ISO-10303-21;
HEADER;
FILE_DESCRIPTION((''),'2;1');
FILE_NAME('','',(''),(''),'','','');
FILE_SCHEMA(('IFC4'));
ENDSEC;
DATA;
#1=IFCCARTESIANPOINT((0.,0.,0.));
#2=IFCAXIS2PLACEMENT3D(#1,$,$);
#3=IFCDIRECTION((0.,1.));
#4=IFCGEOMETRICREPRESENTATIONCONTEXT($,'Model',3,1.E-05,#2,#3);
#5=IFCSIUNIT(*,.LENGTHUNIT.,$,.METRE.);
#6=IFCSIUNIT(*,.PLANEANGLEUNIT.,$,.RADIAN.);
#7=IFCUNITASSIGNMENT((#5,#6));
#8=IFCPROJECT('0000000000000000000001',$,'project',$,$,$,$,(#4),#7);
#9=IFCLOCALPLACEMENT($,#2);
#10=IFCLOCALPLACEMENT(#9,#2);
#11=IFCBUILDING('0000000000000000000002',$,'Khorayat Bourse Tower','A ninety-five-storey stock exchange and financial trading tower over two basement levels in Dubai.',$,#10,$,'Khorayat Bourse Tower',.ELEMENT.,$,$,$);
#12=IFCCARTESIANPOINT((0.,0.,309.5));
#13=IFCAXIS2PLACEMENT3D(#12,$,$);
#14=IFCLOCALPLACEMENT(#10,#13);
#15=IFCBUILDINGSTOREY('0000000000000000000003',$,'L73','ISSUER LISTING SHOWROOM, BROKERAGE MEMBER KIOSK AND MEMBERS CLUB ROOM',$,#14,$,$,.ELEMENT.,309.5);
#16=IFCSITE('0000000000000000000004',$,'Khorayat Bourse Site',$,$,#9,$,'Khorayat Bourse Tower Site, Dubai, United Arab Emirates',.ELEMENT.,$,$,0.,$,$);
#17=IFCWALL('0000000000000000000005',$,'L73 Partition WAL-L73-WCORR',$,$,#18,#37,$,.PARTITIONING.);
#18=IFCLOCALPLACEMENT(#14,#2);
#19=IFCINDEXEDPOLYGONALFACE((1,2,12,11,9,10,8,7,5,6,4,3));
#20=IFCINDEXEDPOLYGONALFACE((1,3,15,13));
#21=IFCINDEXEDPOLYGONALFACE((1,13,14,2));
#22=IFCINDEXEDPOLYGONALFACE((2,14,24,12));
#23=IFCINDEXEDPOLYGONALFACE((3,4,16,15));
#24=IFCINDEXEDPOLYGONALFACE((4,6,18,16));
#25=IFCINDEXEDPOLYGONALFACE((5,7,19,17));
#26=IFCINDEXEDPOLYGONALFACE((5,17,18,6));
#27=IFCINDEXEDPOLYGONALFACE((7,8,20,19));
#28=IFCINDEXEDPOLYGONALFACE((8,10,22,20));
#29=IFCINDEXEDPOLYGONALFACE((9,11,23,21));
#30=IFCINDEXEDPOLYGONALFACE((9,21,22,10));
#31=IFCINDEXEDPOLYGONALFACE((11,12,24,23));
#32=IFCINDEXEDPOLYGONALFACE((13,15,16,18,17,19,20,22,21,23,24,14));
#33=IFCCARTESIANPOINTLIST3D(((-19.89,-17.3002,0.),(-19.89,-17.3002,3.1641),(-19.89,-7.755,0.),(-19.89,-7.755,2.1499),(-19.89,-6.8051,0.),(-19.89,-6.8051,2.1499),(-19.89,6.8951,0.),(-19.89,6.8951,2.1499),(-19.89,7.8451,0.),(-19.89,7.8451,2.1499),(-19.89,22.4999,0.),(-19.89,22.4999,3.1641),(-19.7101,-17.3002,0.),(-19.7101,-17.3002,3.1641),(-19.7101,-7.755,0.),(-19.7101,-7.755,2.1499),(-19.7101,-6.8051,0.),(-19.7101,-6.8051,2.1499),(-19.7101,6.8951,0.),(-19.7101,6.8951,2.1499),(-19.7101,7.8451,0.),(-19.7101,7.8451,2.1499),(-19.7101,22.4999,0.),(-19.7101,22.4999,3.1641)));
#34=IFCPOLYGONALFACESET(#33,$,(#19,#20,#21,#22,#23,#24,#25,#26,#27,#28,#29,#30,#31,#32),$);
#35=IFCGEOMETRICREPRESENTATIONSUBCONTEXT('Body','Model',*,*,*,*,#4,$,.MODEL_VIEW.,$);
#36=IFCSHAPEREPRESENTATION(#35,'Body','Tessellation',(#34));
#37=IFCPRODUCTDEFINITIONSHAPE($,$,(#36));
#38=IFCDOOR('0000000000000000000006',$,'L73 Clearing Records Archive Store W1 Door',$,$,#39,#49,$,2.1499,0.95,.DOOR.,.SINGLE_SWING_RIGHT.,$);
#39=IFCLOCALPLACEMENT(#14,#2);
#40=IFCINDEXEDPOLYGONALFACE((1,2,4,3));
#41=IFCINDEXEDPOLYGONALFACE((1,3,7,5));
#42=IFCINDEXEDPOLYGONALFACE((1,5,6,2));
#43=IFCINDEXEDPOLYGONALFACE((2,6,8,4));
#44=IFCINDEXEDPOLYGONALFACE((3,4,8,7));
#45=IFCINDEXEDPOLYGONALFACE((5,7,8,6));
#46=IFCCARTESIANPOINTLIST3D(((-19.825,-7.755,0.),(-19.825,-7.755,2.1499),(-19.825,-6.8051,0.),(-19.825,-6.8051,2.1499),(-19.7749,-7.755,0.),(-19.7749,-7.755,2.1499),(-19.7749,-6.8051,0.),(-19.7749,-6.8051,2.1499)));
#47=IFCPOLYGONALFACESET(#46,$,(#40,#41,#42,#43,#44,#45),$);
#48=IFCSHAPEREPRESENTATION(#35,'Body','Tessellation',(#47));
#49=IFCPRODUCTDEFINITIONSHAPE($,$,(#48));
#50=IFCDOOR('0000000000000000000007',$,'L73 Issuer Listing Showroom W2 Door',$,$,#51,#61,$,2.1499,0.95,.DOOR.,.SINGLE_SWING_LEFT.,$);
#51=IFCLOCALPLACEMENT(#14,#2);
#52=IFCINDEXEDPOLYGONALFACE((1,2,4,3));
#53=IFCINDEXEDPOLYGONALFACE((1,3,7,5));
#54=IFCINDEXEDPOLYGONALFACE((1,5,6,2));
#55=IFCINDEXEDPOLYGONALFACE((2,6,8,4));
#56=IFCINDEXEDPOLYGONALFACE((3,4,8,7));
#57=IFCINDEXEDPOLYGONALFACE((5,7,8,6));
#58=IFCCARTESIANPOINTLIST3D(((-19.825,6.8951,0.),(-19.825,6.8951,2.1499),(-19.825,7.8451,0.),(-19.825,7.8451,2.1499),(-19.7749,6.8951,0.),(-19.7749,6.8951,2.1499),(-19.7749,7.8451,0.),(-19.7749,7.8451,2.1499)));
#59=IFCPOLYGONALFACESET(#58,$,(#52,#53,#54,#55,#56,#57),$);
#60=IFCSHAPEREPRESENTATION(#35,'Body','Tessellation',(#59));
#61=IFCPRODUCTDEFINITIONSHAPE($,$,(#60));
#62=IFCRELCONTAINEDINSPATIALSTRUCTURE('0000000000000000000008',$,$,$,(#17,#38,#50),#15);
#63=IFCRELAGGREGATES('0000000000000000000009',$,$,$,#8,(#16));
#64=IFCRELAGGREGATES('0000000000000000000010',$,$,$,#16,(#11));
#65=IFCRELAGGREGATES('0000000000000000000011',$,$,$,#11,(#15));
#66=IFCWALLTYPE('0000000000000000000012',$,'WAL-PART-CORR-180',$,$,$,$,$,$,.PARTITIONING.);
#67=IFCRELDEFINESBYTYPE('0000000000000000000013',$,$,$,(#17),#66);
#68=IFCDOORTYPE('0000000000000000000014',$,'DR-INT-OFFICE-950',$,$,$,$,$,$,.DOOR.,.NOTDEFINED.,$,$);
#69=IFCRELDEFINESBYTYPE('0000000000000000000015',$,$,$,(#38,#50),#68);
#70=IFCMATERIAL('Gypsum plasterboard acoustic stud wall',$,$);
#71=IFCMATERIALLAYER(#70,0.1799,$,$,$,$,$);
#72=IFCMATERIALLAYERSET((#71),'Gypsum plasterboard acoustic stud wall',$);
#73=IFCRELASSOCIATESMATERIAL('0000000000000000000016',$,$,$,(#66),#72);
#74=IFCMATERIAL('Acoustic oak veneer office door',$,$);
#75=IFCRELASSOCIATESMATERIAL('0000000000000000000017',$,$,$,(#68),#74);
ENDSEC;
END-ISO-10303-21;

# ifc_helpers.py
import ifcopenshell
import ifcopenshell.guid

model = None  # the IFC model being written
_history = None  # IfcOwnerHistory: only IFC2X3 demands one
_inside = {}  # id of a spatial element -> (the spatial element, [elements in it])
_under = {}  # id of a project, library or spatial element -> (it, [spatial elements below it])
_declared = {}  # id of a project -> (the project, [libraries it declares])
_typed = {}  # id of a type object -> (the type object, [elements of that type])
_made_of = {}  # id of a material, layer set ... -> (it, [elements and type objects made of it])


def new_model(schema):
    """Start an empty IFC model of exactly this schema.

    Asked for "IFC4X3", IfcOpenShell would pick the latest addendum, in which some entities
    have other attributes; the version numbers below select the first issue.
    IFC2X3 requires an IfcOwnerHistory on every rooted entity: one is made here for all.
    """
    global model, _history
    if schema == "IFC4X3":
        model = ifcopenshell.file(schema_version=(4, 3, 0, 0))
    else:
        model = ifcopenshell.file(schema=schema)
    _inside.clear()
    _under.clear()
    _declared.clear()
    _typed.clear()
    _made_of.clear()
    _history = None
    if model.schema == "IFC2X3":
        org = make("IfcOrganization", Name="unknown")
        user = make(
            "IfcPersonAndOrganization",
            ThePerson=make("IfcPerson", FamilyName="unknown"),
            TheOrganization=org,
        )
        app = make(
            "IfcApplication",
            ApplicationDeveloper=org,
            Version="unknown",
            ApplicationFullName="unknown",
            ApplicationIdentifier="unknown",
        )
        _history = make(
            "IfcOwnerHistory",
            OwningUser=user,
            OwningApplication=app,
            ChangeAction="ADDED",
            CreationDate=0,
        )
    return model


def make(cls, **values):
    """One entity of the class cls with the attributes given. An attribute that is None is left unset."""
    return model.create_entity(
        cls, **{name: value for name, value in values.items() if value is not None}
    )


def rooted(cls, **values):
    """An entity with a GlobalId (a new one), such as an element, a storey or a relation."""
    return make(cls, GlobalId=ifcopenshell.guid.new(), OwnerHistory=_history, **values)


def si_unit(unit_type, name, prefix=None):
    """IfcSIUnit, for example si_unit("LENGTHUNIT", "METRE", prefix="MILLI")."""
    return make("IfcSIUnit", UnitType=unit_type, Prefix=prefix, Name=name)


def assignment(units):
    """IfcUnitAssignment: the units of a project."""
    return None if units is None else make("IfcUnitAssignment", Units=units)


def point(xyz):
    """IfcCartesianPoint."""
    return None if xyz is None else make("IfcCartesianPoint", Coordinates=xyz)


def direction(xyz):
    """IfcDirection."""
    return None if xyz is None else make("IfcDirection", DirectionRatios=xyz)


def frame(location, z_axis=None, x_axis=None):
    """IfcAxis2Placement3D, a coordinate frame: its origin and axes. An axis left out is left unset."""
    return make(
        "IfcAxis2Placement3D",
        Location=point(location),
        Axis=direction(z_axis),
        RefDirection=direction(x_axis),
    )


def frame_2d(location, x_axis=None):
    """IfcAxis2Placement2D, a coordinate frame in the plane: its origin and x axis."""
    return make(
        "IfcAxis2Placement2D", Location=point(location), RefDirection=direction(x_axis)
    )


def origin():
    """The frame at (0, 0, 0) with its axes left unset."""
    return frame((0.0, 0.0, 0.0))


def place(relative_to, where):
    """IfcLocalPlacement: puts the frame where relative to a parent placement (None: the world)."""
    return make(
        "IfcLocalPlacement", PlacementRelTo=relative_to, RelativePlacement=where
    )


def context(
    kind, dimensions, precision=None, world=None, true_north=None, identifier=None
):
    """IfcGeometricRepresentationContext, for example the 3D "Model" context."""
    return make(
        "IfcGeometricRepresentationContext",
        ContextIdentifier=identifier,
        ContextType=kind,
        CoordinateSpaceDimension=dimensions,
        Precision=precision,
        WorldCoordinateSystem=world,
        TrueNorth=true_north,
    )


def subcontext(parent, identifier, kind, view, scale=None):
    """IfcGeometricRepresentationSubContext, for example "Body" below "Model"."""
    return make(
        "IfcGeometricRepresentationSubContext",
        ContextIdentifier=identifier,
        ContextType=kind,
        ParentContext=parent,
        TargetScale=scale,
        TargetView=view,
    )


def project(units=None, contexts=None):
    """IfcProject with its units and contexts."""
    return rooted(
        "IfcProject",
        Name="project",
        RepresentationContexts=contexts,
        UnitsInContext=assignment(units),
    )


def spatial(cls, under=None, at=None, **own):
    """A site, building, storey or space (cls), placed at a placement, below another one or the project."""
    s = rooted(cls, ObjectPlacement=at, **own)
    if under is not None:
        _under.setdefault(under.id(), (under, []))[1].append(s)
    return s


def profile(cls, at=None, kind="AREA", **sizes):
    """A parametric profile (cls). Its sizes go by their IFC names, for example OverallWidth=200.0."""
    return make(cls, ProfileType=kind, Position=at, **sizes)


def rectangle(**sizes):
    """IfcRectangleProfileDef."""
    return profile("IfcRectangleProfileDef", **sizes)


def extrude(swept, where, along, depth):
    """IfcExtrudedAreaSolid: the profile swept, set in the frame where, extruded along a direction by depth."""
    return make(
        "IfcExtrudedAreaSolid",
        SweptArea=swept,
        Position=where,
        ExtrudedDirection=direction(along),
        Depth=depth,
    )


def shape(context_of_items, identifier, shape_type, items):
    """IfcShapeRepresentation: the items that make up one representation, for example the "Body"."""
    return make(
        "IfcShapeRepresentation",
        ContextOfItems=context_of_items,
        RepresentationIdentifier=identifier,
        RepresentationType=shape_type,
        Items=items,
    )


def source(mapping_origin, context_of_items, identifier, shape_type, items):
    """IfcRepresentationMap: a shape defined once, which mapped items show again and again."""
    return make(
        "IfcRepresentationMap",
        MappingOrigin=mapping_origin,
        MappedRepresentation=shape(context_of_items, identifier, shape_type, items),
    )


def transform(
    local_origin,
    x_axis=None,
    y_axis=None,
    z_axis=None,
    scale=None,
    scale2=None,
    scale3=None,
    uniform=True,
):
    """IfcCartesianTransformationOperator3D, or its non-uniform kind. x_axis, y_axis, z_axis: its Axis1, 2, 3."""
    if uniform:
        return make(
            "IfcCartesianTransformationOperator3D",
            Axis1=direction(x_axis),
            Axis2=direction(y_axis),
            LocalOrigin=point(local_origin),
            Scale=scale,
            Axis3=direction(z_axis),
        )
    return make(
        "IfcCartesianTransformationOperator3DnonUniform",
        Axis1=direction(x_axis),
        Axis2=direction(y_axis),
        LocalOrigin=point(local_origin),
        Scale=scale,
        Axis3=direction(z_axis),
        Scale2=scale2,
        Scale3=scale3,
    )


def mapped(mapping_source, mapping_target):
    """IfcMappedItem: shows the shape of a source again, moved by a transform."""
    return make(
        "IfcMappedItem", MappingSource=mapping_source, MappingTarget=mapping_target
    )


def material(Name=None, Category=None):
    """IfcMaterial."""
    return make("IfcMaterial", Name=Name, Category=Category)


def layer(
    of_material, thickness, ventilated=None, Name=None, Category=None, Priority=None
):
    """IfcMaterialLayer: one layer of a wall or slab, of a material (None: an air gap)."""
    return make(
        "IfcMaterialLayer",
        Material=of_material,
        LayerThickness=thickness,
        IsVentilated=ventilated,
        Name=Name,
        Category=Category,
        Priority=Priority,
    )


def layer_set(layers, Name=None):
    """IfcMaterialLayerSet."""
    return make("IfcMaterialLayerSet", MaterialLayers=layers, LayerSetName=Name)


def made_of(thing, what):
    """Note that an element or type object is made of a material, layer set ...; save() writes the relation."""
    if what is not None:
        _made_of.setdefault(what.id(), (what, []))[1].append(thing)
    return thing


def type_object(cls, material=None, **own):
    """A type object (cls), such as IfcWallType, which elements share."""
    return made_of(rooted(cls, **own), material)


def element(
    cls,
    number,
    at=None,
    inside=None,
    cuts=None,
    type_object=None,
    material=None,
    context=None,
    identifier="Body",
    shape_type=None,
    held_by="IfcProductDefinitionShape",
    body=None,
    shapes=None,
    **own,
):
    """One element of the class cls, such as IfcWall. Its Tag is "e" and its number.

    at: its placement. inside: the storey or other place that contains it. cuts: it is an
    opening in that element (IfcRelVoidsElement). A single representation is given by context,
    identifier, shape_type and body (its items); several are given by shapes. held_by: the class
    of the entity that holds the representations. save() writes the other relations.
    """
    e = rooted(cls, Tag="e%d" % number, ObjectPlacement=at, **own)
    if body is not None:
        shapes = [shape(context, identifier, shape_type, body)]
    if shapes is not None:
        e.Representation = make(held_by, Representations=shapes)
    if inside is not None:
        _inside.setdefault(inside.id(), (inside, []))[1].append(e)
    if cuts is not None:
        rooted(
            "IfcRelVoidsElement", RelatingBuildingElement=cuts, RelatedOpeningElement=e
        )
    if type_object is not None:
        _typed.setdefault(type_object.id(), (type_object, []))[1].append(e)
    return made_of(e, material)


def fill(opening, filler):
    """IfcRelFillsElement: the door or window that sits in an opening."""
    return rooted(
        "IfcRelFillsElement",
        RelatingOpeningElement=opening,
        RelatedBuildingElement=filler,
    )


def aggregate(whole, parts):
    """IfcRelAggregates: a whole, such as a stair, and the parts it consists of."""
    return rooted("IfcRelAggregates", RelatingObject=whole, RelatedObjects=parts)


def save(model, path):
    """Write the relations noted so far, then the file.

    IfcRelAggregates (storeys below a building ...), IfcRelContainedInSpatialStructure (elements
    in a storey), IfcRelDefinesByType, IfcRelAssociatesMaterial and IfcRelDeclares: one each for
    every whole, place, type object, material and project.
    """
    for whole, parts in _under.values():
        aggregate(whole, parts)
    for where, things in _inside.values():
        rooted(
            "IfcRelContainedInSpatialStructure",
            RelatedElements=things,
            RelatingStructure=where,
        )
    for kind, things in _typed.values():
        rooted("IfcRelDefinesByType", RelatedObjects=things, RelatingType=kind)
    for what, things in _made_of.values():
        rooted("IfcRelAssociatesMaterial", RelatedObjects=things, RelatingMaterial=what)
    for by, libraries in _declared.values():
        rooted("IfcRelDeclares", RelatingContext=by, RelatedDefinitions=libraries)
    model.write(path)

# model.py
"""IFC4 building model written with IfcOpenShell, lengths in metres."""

from ifc_helpers import new_model, si_unit, direction, frame, frame_2d, origin, place, context, subcontext, project, spatial, rectangle, extrude, source, transform, mapped, material, layer, layer_set, type_object, element, fill, save


model = new_model("IFC4")

# Units and contexts
model_context = context("Model", 3, precision=1e-05, world=origin(), true_north=direction((0.0, 1.0)))
body_context = subcontext(model_context, "Body", "Model", "MODEL_VIEW")
ifc_project = project(units=[si_unit("LENGTHUNIT", "METRE"), si_unit("PLANEANGLEUNIT", "RADIAN")], contexts=[model_context])

# Site, building, storey
site_placement = place(None, origin())
site = spatial("IfcSite", under=ifc_project, at=site_placement, Name="Khorayat Bourse Site", LongName="Khorayat Bourse Tower Site, Dubai, United Arab Emirates", CompositionType="ELEMENT", RefElevation=0.0)
building_placement = place(site_placement, origin())
building = spatial("IfcBuilding", under=site, at=building_placement, Name="Khorayat Bourse Tower", Description="A ninety-five-storey stock exchange and financial trading tower over two basement levels in Dubai.", LongName="Khorayat Bourse Tower", CompositionType="ELEMENT")
storey_placement = place(building_placement, frame((0.0, 0.0, 309.5)))
storey = spatial("IfcBuildingStorey", under=building, at=storey_placement, Name="L73", Description="ISSUER LISTING SHOWROOM, BROKERAGE MEMBER KIOSK AND MEMBERS CLUB ROOM", CompositionType="ELEMENT", Elevation=309.5)

# Shared definitions
ifc_material_1 = material(Name="Gypsum plasterboard acoustic stud wall")
ifc_layer_1 = layer(ifc_material_1, 0.1799)
ifc_layer_set_1 = layer_set([ifc_layer_1], Name="Gypsum plasterboard acoustic stud wall")
wall_type_1 = type_object("IfcWallType", Name="WAL-PART-CORR-180", PredefinedType="PARTITIONING", material=ifc_layer_set_1)

# Wall, openings, doors
shared_shape_1 = source(origin(), body_context, "Body", "SweptSolid", [
    extrude(rectangle(XDim=39.8, YDim=0.1799, at=frame_2d((19.8999, 0.0))), origin(), (0.0, 0.0, 1.0), 3.1641),
])
wall_1_placement = place(storey_placement, frame((-19.8, -17.3, 0.0), z_axis=(0.0, 0.0, 1.0), x_axis=(0.0, 1.0, 0.0)))
wall_1 = element("IfcWall", 1, at=wall_1_placement, inside=storey, type_object=wall_type_1, Name="L73 Partition WAL-L73-WCORR", PredefinedType="PARTITIONING", context=body_context, shape_type="MappedRepresentation", body=[
    mapped(shared_shape_1, transform((0.0, 0.0, 0.0), scale=1.0)),
])
shared_shape_2 = source(origin(), body_context, "Body", "SweptSolid", [
    extrude(rectangle(XDim=0.95, YDim=2.1499, at=frame_2d((0.4751, 1.075))), frame((0.0, 0.0999, 0.0), z_axis=(0.0, -1.0, 0.0), x_axis=(1.0, 0.0, 0.0)), (0.0, 0.0, 1.0), 0.2),
])
opening_1_placement = place(wall_1_placement, frame((9.5449, 0.0, 0.0)))
opening_1 = element("IfcOpeningElement", 2, at=opening_1_placement, cuts=wall_1, PredefinedType="OPENING", context=body_context, shape_type="MappedRepresentation", body=[
    mapped(shared_shape_2, transform((0.0, 0.0, 0.0), scale=1.0)),
])
opening_2_placement = place(wall_1_placement, frame((24.1951, 0.0, 0.0)))
opening_2 = element("IfcOpeningElement", 3, at=opening_2_placement, cuts=wall_1, PredefinedType="OPENING", context=body_context, shape_type="MappedRepresentation", body=[
    mapped(shared_shape_2, transform((0.0, 0.0, 0.0), scale=1.0)),
])
ifc_material_2 = material(Name="Acoustic oak veneer office door")
door_type_1 = type_object("IfcDoorType", Name="DR-INT-OFFICE-950", OperationType="NOTDEFINED", PredefinedType="DOOR", material=ifc_material_2)
shared_shape_3 = source(origin(), body_context, "Body", "SweptSolid", [
    extrude(rectangle(XDim=0.95, YDim=2.1499, at=frame_2d((0.4751, 1.075))), frame((0.0, 0.0249, 0.0), z_axis=(0.0, -1.0, 0.0), x_axis=(1.0, 0.0, 0.0)), (0.0, 0.0, 1.0), 0.05),
])
door_1_placement = place(opening_1_placement, origin())
door_1 = element("IfcDoor", 4, at=door_1_placement, inside=storey, type_object=door_type_1, Name="L73 Clearing Records Archive Store W1 Door", OperationType="SINGLE_SWING_RIGHT", OverallHeight=2.1499, OverallWidth=0.95, PredefinedType="DOOR", context=body_context, shape_type="MappedRepresentation", body=[
    mapped(shared_shape_3, transform((0.0, 0.0, 0.0), scale=1.0)),
])
fill(opening_1, door_1)
door_2_placement = place(opening_2_placement, origin())
door_2 = element("IfcDoor", 5, at=door_2_placement, inside=storey, type_object=door_type_1, Name="L73 Issuer Listing Showroom W2 Door", OperationType="SINGLE_SWING_LEFT", OverallHeight=2.1499, OverallWidth=0.95, PredefinedType="DOOR", context=body_context, shape_type="MappedRepresentation", body=[
    mapped(shared_shape_3, transform((0.0, 0.0, 0.0), scale=1.0)),
])
fill(opening_2, door_2)

save(model, "model.ifc")
